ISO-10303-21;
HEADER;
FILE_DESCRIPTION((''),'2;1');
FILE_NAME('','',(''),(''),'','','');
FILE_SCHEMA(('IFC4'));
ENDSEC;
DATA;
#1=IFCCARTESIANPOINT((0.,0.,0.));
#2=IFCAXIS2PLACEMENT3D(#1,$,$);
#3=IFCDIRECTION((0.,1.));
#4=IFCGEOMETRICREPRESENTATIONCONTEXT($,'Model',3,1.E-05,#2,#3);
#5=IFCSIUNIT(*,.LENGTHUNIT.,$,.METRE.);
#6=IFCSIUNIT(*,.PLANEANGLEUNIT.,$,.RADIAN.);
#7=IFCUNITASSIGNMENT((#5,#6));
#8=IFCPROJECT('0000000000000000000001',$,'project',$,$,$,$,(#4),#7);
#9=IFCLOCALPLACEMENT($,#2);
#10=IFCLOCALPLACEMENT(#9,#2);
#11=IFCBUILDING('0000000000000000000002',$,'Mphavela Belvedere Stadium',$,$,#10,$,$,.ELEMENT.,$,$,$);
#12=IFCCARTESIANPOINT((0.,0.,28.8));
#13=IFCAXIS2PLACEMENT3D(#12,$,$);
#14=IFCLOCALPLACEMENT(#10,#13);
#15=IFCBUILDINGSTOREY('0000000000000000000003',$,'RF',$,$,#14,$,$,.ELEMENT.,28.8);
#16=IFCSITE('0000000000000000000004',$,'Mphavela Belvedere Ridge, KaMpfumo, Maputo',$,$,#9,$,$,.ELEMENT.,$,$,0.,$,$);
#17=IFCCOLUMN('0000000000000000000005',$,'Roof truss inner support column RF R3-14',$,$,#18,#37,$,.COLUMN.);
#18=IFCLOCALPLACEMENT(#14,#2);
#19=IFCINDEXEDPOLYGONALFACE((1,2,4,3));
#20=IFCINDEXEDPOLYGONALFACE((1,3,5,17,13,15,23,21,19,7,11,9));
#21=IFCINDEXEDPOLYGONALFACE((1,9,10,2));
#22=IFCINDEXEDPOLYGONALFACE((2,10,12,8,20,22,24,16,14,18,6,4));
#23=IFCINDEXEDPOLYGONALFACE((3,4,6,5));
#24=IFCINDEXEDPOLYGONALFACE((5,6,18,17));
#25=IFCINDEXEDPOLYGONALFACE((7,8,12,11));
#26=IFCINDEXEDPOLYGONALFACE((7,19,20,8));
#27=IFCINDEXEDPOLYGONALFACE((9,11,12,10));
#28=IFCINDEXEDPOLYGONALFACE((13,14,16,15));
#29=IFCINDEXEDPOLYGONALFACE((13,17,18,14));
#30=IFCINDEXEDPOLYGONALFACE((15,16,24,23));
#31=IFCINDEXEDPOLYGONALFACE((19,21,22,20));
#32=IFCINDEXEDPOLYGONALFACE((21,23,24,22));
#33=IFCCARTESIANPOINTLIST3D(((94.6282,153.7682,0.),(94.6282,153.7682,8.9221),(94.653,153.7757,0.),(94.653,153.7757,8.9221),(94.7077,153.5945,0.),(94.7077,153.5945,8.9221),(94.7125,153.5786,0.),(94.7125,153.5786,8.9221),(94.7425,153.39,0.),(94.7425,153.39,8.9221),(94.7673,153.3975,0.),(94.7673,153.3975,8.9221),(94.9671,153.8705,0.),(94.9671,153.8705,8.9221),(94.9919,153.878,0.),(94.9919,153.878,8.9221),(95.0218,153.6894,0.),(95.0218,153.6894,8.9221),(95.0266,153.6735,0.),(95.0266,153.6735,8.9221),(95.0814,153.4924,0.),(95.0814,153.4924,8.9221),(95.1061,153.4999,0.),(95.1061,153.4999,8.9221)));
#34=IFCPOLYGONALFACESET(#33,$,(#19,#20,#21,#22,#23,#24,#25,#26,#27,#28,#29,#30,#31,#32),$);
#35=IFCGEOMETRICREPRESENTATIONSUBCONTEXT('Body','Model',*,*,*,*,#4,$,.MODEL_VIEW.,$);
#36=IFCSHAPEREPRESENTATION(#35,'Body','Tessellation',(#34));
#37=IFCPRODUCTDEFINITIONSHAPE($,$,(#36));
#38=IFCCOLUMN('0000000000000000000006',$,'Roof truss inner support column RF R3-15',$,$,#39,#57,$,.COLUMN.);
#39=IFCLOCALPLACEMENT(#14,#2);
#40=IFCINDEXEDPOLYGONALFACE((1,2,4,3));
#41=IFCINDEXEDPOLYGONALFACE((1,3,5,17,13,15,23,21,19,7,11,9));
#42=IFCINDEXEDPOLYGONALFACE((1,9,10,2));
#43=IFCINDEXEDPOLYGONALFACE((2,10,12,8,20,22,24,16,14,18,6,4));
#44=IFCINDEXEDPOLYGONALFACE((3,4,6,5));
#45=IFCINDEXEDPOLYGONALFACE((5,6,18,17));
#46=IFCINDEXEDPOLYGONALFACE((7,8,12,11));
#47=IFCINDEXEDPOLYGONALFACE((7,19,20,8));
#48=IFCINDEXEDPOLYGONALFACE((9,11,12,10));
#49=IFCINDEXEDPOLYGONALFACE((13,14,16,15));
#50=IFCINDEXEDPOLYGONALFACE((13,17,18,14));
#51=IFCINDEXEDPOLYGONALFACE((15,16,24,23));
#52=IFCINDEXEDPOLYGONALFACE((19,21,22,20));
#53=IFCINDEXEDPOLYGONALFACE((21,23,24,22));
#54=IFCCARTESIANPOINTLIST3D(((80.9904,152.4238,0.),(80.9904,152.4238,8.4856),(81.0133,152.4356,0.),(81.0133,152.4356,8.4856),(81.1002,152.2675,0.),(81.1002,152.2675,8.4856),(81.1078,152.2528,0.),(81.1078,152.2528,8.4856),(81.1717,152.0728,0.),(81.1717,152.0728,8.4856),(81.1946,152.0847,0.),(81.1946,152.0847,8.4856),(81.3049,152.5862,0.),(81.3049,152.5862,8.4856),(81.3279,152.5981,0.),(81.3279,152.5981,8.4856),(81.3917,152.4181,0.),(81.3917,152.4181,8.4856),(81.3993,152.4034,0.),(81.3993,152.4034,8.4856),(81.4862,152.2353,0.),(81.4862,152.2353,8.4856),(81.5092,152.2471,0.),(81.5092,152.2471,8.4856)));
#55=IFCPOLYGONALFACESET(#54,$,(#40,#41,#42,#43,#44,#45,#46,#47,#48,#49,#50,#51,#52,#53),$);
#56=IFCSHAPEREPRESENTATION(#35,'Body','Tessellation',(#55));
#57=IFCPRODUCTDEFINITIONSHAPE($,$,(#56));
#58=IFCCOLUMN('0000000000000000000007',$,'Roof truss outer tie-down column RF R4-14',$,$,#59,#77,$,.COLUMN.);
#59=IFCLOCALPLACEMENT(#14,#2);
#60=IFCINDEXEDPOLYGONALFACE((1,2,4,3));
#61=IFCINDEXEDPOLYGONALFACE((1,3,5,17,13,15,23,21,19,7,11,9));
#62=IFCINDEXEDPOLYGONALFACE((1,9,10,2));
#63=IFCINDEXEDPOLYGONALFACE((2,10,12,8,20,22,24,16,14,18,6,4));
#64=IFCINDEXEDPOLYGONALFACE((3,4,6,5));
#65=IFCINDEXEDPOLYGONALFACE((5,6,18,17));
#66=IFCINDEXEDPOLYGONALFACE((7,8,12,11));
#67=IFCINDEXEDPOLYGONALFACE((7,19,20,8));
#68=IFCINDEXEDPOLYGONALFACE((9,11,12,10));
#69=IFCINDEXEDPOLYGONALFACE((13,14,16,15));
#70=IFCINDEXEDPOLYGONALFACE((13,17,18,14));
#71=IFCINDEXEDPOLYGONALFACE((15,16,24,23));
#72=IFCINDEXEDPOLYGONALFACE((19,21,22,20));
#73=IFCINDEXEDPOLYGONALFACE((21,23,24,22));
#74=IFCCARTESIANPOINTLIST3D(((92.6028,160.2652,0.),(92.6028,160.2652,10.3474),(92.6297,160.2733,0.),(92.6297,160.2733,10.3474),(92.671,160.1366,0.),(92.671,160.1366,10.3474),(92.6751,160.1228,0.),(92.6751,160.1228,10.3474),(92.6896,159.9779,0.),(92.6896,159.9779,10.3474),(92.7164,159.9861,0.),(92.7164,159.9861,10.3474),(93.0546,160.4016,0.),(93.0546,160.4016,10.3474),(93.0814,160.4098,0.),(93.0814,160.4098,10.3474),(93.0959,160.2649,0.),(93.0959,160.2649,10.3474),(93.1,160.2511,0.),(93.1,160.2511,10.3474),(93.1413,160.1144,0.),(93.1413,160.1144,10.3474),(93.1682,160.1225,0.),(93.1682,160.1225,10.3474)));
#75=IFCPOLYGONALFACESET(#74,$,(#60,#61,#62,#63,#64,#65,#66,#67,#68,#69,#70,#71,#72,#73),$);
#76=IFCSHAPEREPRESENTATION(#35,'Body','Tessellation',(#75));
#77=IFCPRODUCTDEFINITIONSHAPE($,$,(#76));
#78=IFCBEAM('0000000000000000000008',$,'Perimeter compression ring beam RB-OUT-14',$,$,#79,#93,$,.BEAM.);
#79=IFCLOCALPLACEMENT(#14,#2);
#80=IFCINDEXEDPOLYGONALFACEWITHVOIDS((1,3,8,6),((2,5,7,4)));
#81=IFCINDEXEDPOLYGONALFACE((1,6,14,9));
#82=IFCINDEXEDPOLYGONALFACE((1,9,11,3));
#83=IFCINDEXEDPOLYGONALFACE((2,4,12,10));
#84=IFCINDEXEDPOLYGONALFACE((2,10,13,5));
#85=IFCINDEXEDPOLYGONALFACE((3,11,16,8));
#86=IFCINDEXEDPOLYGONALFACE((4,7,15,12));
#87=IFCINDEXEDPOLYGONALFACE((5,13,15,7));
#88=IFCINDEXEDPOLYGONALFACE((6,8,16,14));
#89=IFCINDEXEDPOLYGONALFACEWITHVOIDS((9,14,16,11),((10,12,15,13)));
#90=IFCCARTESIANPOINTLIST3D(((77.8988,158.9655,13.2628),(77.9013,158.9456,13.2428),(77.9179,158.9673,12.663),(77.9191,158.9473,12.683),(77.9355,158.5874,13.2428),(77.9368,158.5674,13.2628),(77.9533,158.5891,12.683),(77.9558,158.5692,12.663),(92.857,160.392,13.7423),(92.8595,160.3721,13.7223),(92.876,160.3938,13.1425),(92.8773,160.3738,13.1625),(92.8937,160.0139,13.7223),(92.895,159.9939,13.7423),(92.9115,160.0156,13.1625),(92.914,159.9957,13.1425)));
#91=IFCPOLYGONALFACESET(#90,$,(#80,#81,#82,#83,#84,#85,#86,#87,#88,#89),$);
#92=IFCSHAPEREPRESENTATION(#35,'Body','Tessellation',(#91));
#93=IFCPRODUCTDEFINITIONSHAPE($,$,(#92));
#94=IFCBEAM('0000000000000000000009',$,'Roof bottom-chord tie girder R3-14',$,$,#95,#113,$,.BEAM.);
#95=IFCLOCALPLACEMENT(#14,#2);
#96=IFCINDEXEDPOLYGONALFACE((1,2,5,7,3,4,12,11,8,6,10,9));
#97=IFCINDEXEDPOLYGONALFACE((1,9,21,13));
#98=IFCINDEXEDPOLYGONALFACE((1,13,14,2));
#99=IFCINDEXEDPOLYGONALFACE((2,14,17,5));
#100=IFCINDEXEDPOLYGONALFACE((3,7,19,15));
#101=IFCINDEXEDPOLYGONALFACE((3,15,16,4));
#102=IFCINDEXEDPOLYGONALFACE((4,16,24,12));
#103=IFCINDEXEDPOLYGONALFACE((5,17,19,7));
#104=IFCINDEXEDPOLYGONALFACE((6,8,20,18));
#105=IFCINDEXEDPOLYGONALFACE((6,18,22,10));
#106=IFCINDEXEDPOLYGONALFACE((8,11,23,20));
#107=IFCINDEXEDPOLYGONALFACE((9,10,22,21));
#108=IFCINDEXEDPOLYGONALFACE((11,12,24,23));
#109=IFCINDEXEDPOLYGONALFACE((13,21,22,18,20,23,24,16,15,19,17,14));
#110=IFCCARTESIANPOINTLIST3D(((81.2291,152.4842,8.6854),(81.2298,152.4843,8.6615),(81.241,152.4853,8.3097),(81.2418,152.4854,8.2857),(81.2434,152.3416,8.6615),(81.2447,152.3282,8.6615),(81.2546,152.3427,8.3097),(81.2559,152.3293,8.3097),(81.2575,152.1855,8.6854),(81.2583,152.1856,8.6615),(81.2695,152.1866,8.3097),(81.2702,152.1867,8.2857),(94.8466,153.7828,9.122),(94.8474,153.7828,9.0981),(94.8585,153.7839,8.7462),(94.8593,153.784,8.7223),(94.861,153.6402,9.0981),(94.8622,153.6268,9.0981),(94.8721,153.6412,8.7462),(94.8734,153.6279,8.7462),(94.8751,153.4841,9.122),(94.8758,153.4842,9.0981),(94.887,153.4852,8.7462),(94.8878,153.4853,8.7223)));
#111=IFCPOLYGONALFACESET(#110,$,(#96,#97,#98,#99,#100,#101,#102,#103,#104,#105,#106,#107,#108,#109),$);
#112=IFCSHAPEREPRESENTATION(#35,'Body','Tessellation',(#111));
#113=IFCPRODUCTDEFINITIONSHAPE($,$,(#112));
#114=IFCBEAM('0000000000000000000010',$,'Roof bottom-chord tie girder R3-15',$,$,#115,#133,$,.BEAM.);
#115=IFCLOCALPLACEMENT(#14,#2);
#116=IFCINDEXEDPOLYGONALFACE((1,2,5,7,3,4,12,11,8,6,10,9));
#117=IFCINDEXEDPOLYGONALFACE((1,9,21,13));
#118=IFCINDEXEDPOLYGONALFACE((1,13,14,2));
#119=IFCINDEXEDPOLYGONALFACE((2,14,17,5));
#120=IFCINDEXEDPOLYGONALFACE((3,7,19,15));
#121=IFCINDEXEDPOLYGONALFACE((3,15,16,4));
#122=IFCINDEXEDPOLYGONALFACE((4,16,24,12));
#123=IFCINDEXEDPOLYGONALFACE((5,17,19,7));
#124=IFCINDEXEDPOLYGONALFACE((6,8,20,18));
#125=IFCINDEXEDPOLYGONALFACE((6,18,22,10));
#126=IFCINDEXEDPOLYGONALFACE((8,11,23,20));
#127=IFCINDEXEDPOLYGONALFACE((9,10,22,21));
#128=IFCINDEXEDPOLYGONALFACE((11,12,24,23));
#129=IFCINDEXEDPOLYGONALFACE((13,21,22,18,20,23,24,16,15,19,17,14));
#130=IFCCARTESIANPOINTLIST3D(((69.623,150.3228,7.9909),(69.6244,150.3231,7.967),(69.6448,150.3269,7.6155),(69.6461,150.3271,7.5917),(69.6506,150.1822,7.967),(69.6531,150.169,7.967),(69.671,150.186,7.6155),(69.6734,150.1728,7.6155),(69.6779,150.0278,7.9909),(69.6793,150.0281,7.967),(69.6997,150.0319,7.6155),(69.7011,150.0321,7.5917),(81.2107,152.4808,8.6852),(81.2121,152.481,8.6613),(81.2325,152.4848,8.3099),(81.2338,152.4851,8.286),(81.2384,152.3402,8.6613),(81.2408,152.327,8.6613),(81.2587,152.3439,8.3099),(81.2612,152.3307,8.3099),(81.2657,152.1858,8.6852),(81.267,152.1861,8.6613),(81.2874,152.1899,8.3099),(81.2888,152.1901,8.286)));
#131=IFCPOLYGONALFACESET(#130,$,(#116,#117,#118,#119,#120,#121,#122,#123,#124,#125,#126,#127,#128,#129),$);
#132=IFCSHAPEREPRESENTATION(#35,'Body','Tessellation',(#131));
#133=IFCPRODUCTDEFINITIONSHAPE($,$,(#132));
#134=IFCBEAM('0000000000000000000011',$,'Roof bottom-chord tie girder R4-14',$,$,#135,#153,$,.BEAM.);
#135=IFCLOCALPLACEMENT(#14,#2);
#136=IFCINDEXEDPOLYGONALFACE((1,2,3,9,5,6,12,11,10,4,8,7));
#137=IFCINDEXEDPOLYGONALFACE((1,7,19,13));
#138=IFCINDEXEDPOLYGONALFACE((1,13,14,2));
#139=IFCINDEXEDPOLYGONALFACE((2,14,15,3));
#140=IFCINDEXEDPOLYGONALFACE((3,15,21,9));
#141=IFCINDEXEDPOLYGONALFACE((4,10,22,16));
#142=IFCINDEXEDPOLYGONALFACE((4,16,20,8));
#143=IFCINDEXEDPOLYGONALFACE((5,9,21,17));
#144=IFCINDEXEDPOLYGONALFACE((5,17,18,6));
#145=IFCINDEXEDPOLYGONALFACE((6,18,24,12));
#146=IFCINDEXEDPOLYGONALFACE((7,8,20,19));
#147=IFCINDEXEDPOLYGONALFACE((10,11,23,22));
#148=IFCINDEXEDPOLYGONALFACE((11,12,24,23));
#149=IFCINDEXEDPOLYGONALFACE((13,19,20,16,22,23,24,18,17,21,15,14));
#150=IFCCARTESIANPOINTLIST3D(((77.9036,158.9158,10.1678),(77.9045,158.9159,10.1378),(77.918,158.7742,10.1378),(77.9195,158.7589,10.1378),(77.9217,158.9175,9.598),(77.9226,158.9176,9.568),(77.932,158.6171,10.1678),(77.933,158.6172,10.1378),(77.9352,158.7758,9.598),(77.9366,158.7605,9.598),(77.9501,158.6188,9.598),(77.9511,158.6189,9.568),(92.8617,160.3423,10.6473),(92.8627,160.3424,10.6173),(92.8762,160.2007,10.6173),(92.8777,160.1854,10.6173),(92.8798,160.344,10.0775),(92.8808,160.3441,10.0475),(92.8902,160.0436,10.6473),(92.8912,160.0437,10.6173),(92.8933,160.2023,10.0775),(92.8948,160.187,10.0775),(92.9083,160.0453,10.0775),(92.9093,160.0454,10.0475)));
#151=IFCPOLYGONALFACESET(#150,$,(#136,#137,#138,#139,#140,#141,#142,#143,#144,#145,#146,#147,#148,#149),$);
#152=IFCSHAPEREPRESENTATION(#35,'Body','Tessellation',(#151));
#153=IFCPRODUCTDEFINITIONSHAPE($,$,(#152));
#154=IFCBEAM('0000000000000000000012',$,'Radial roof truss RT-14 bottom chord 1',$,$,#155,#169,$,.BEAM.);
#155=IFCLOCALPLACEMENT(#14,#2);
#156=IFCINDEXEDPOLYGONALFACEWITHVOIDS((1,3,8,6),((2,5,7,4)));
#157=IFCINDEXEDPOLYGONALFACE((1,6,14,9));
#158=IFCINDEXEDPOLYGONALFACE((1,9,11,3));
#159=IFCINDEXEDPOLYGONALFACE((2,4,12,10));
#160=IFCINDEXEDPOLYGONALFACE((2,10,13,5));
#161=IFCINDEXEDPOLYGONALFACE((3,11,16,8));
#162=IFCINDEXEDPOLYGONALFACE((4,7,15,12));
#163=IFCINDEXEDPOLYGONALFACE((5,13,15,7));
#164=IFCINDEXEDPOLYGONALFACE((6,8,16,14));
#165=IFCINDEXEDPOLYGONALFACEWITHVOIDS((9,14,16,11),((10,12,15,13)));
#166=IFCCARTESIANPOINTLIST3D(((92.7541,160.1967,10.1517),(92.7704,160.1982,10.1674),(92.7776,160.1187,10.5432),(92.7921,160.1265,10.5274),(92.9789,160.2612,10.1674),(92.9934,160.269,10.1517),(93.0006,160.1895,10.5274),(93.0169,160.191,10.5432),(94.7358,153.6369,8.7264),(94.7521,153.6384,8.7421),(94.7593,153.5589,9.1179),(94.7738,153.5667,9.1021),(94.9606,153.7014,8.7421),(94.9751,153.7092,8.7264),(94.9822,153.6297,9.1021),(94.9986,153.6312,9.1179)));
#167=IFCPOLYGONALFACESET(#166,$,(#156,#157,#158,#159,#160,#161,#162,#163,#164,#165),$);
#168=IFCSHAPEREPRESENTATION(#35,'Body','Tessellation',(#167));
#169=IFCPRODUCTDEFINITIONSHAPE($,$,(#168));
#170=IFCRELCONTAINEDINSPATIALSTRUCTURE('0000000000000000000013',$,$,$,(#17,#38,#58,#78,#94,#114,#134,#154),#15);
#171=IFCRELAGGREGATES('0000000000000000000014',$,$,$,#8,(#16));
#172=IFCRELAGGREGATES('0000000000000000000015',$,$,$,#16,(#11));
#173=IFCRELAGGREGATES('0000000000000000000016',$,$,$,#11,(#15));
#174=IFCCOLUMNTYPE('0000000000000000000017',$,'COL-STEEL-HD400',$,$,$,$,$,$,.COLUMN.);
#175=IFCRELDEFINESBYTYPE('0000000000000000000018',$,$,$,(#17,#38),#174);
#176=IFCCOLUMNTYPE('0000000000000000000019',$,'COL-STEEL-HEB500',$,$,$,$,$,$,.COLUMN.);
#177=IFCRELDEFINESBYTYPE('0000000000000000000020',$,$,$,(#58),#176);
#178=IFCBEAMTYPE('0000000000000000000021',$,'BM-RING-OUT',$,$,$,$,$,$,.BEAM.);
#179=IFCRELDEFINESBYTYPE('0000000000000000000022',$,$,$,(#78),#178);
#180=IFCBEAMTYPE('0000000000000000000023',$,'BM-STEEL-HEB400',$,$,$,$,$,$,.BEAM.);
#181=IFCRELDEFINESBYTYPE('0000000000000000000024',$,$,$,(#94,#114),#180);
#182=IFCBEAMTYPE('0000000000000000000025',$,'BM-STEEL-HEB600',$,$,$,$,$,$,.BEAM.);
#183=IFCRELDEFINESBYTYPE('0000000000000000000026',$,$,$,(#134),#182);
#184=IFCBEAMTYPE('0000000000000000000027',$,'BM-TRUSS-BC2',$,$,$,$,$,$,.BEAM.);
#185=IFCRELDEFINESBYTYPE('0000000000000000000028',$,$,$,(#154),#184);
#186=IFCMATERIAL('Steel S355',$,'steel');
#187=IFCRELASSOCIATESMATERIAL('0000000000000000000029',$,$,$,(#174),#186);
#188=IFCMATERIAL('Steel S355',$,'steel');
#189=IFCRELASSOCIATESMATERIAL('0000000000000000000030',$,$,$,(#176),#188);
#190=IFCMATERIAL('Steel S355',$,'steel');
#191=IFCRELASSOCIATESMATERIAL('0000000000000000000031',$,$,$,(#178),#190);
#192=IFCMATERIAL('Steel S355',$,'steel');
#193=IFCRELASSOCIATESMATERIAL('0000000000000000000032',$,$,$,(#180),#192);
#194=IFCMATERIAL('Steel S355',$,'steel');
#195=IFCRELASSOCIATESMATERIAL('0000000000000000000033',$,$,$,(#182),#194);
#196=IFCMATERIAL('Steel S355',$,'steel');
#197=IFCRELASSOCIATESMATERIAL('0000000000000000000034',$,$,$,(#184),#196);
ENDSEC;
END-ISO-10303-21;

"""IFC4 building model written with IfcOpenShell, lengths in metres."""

from ifc_helpers import new_model, si_unit, direction, frame, origin, origin_2d, place, context, subcontext, project, spatial, hollow_rectangle, i_section, extrude, material, material_profile, profile_set, type_object, element, save


model = new_model("IFC4")

# Units and contexts
model_context = context("Model", 3, precision=1e-05, world=origin(), true_north=direction((0.0, 1.0)))
body_context = subcontext(model_context, "Body", "Model", "MODEL_VIEW")
ifc_project = project(units=[si_unit("LENGTHUNIT", "METRE"), si_unit("PLANEANGLEUNIT", "RADIAN")], contexts=[model_context])

# Site, building, storey
site_placement = place(None, origin())
site = spatial("IfcSite", under=ifc_project, at=site_placement, Name="Mphavela Belvedere Ridge, KaMpfumo, Maputo", CompositionType="ELEMENT", RefElevation=0.0)
building_placement = place(site_placement, origin())
building = spatial("IfcBuilding", under=site, at=building_placement, Name="Mphavela Belvedere Stadium", CompositionType="ELEMENT")
storey_placement = place(building_placement, frame((0.0, 0.0, 28.8)))
storey = spatial("IfcBuildingStorey", under=building, at=storey_placement, Name="RF", CompositionType="ELEMENT", Elevation=28.8)

# Columns
ifc_material_1 = material(Name="Steel S355", Category="steel")
ifc_material_profile_1 = material_profile(ifc_material_1, i_section(OverallWidth=0.395, OverallDepth=0.3799, WebThickness=0.0166, FlangeThickness=0.0259, at=origin_2d()), Name="HD 400x237")
ifc_profile_set_1 = profile_set([ifc_material_profile_1], Name="Steel S355")
column_type_1 = type_object("IfcColumnType", Name="COL-STEEL-HD400", PredefinedType="COLUMN", material=ifc_profile_set_1)
column_1_placement = place(storey_placement, frame((94.8672, 153.634, 0.0), z_axis=(0.0, 0.0, 1.0), x_axis=(-0.289199, 0.957269, 0.0)))
element("IfcColumn", 1, at=column_1_placement, inside=storey, type_object=column_type_1, Name="Roof truss inner support column RF R3-14", PredefinedType="COLUMN", context=body_context, shape_type="SweptSolid", body=[
    extrude(i_section(OverallWidth=0.395, OverallDepth=0.3799, WebThickness=0.0166, FlangeThickness=0.0259, at=origin_2d()), origin(), (0.0, 0.0, 1.0), 8.9221),
])
column_2_placement = place(storey_placement, frame((81.2498, 152.3354, 0.0), z_axis=(0.0, 0.0, 1.0), x_axis=(-0.45896, 0.888457, 0.0)))
element("IfcColumn", 2, at=column_2_placement, inside=storey, type_object=column_type_1, Name="Roof truss inner support column RF R3-15", PredefinedType="COLUMN", context=body_context, shape_type="SweptSolid", body=[
    extrude(i_section(OverallWidth=0.395, OverallDepth=0.3799, WebThickness=0.0166, FlangeThickness=0.0259, at=origin_2d()), origin(), (0.0, 0.0, 1.0), 8.4856),
])
ifc_material_2 = material(Name="Steel S355", Category="steel")
ifc_material_profile_2 = material_profile(ifc_material_2, i_section(OverallWidth=0.3, OverallDepth=0.5, WebThickness=0.0144, FlangeThickness=0.0281, at=origin_2d()), Name="HEB 500")
ifc_profile_set_2 = profile_set([ifc_material_profile_2], Name="Steel S355")
column_type_2 = type_object("IfcColumnType", Name="COL-STEEL-HEB500", PredefinedType="COLUMN", material=ifc_profile_set_2)
column_3_placement = place(storey_placement, frame((92.8855, 160.1938, 0.0), z_axis=(0.0, 0.0, 1.0), x_axis=(-0.289199, 0.957269, 0.0)))
element("IfcColumn", 3, at=column_3_placement, inside=storey, type_object=column_type_2, Name="Roof truss outer tie-down column RF R4-14", PredefinedType="COLUMN", context=body_context, shape_type="SweptSolid", body=[
    extrude(i_section(OverallWidth=0.3, OverallDepth=0.5, WebThickness=0.0144, FlangeThickness=0.0281, at=origin_2d()), origin(), (0.0, 0.0, 1.0), 10.3474),
])

# Beams
ifc_material_3 = material(Name="Steel S355", Category="steel")
ifc_material_profile_3 = material_profile(ifc_material_3, hollow_rectangle(XDim=0.3999, YDim=0.6001, WallThickness=0.02, at=origin_2d()), Name="RHS 600x400x20")
ifc_profile_set_3 = profile_set([ifc_material_profile_3], Name="Steel S355")
beam_type_1 = type_object("IfcBeamType", Name="BM-RING-OUT", PredefinedType="BEAM", material=ifc_profile_set_3)
beam_1_placement = place(storey_placement, frame((92.8855, 160.1938, 13.4424), z_axis=(-0.994977, -0.094887, -0.031894), x_axis=(0.094936, -0.995483, 0.0)))
element("IfcBeam", 4, at=beam_1_placement, inside=storey, type_object=beam_type_1, Name="Perimeter compression ring beam RB-OUT-14", PredefinedType="BEAM", context=body_context, shape_type="SweptSolid", body=[
    extrude(hollow_rectangle(XDim=0.3999, YDim=0.6001, WallThickness=0.02, at=origin_2d()), origin(), (0.0, 0.0, 1.0), 15.0337),
])
ifc_material_4 = material(Name="Steel S355", Category="steel")
ifc_material_profile_4 = material_profile(ifc_material_4, i_section(OverallWidth=0.3, OverallDepth=0.3999, WebThickness=0.0134, FlangeThickness=0.0239, at=origin_2d()), Name="HEB 400")
ifc_profile_set_4 = profile_set([ifc_material_profile_4], Name="Steel S355")
beam_type_2 = type_object("IfcBeamType", Name="BM-STEEL-HEB400", PredefinedType="BEAM", material=ifc_profile_set_4)
beam_2_placement = place(storey_placement, frame((94.8672, 153.634, 8.9221), z_axis=(-0.994977, -0.094883, -0.031895), x_axis=(0.094931, -0.995484, 0.0)))
element("IfcBeam", 5, at=beam_2_placement, inside=storey, type_object=beam_type_2, Name="Roof bottom-chord tie girder R3-14", PredefinedType="BEAM", context=body_context, shape_type="SweptSolid", body=[
    extrude(i_section(OverallWidth=0.3, OverallDepth=0.3999, WebThickness=0.0134, FlangeThickness=0.0239, at=origin_2d()), origin(), (0.0, 0.0, 1.0), 13.6863),
])
beam_3_placement = place(storey_placement, frame((81.2498, 152.3354, 8.4856), z_axis=(-0.981396, -0.182765, -0.058806), x_axis=(0.183082, -0.983098, 0.0)))
element("IfcBeam", 6, at=beam_3_placement, inside=storey, type_object=beam_type_2, Name="Roof bottom-chord tie girder R3-15", PredefinedType="BEAM", context=body_context, shape_type="SweptSolid", body=[
    extrude(i_section(OverallWidth=0.3, OverallDepth=0.3999, WebThickness=0.0134, FlangeThickness=0.0239, at=origin_2d()), origin(), (0.0, 0.0, 1.0), 11.8074),
])
ifc_material_5 = material(Name="Steel S355", Category="steel")
ifc_material_profile_5 = material_profile(ifc_material_5, i_section(OverallWidth=0.3, OverallDepth=0.6001, WebThickness=0.0154, FlangeThickness=0.03, at=origin_2d()), Name="HEB 600")
ifc_profile_set_5 = profile_set([ifc_material_profile_5], Name="Steel S355")
beam_type_3 = type_object("IfcBeamType", Name="BM-STEEL-HEB600", PredefinedType="BEAM", material=ifc_profile_set_5)
beam_4_placement = place(storey_placement, frame((92.8855, 160.1938, 10.3474), z_axis=(-0.994977, -0.094887, -0.031894), x_axis=(0.094936, -0.995483, 0.0)))
element("IfcBeam", 7, at=beam_4_placement, inside=storey, type_object=beam_type_3, Name="Roof bottom-chord tie girder R4-14", PredefinedType="BEAM", context=body_context, shape_type="SweptSolid", body=[
    extrude(i_section(OverallWidth=0.3, OverallDepth=0.6001, WebThickness=0.0154, FlangeThickness=0.03, at=origin_2d()), origin(), (0.0, 0.0, 1.0), 15.0337),
])
ifc_material_6 = material(Name="Steel S355", Category="steel")
ifc_material_profile_6 = material_profile(ifc_material_6, hollow_rectangle(XDim=0.25, YDim=0.3999, WallThickness=0.0161, at=origin_2d()), Name="RHS 400x250x16")
ifc_profile_set_6 = profile_set([ifc_material_profile_6], Name="Steel S355")
beam_type_4 = type_object("IfcBeamType", Name="BM-TRUSS-BC2", PredefinedType="BEAM", material=ifc_profile_set_6)
beam_5_placement = place(storey_placement, frame((92.8855, 160.1938, 10.3474), z_axis=(0.283128, -0.937215, -0.203635), x_axis=(0.957272, 0.289188, 0.0)))
element("IfcBeam", 8, at=beam_5_placement, inside=storey, type_object=beam_type_4, Name="Radial roof truss RT-14 bottom chord 1", PredefinedType="BEAM", context=body_context, shape_type="SweptSolid", body=[
    extrude(hollow_rectangle(XDim=0.25, YDim=0.3999, WallThickness=0.0161, at=origin_2d()), origin(), (0.0, 0.0, 1.0), 6.9993),
])

save(model, "model.ifc")
